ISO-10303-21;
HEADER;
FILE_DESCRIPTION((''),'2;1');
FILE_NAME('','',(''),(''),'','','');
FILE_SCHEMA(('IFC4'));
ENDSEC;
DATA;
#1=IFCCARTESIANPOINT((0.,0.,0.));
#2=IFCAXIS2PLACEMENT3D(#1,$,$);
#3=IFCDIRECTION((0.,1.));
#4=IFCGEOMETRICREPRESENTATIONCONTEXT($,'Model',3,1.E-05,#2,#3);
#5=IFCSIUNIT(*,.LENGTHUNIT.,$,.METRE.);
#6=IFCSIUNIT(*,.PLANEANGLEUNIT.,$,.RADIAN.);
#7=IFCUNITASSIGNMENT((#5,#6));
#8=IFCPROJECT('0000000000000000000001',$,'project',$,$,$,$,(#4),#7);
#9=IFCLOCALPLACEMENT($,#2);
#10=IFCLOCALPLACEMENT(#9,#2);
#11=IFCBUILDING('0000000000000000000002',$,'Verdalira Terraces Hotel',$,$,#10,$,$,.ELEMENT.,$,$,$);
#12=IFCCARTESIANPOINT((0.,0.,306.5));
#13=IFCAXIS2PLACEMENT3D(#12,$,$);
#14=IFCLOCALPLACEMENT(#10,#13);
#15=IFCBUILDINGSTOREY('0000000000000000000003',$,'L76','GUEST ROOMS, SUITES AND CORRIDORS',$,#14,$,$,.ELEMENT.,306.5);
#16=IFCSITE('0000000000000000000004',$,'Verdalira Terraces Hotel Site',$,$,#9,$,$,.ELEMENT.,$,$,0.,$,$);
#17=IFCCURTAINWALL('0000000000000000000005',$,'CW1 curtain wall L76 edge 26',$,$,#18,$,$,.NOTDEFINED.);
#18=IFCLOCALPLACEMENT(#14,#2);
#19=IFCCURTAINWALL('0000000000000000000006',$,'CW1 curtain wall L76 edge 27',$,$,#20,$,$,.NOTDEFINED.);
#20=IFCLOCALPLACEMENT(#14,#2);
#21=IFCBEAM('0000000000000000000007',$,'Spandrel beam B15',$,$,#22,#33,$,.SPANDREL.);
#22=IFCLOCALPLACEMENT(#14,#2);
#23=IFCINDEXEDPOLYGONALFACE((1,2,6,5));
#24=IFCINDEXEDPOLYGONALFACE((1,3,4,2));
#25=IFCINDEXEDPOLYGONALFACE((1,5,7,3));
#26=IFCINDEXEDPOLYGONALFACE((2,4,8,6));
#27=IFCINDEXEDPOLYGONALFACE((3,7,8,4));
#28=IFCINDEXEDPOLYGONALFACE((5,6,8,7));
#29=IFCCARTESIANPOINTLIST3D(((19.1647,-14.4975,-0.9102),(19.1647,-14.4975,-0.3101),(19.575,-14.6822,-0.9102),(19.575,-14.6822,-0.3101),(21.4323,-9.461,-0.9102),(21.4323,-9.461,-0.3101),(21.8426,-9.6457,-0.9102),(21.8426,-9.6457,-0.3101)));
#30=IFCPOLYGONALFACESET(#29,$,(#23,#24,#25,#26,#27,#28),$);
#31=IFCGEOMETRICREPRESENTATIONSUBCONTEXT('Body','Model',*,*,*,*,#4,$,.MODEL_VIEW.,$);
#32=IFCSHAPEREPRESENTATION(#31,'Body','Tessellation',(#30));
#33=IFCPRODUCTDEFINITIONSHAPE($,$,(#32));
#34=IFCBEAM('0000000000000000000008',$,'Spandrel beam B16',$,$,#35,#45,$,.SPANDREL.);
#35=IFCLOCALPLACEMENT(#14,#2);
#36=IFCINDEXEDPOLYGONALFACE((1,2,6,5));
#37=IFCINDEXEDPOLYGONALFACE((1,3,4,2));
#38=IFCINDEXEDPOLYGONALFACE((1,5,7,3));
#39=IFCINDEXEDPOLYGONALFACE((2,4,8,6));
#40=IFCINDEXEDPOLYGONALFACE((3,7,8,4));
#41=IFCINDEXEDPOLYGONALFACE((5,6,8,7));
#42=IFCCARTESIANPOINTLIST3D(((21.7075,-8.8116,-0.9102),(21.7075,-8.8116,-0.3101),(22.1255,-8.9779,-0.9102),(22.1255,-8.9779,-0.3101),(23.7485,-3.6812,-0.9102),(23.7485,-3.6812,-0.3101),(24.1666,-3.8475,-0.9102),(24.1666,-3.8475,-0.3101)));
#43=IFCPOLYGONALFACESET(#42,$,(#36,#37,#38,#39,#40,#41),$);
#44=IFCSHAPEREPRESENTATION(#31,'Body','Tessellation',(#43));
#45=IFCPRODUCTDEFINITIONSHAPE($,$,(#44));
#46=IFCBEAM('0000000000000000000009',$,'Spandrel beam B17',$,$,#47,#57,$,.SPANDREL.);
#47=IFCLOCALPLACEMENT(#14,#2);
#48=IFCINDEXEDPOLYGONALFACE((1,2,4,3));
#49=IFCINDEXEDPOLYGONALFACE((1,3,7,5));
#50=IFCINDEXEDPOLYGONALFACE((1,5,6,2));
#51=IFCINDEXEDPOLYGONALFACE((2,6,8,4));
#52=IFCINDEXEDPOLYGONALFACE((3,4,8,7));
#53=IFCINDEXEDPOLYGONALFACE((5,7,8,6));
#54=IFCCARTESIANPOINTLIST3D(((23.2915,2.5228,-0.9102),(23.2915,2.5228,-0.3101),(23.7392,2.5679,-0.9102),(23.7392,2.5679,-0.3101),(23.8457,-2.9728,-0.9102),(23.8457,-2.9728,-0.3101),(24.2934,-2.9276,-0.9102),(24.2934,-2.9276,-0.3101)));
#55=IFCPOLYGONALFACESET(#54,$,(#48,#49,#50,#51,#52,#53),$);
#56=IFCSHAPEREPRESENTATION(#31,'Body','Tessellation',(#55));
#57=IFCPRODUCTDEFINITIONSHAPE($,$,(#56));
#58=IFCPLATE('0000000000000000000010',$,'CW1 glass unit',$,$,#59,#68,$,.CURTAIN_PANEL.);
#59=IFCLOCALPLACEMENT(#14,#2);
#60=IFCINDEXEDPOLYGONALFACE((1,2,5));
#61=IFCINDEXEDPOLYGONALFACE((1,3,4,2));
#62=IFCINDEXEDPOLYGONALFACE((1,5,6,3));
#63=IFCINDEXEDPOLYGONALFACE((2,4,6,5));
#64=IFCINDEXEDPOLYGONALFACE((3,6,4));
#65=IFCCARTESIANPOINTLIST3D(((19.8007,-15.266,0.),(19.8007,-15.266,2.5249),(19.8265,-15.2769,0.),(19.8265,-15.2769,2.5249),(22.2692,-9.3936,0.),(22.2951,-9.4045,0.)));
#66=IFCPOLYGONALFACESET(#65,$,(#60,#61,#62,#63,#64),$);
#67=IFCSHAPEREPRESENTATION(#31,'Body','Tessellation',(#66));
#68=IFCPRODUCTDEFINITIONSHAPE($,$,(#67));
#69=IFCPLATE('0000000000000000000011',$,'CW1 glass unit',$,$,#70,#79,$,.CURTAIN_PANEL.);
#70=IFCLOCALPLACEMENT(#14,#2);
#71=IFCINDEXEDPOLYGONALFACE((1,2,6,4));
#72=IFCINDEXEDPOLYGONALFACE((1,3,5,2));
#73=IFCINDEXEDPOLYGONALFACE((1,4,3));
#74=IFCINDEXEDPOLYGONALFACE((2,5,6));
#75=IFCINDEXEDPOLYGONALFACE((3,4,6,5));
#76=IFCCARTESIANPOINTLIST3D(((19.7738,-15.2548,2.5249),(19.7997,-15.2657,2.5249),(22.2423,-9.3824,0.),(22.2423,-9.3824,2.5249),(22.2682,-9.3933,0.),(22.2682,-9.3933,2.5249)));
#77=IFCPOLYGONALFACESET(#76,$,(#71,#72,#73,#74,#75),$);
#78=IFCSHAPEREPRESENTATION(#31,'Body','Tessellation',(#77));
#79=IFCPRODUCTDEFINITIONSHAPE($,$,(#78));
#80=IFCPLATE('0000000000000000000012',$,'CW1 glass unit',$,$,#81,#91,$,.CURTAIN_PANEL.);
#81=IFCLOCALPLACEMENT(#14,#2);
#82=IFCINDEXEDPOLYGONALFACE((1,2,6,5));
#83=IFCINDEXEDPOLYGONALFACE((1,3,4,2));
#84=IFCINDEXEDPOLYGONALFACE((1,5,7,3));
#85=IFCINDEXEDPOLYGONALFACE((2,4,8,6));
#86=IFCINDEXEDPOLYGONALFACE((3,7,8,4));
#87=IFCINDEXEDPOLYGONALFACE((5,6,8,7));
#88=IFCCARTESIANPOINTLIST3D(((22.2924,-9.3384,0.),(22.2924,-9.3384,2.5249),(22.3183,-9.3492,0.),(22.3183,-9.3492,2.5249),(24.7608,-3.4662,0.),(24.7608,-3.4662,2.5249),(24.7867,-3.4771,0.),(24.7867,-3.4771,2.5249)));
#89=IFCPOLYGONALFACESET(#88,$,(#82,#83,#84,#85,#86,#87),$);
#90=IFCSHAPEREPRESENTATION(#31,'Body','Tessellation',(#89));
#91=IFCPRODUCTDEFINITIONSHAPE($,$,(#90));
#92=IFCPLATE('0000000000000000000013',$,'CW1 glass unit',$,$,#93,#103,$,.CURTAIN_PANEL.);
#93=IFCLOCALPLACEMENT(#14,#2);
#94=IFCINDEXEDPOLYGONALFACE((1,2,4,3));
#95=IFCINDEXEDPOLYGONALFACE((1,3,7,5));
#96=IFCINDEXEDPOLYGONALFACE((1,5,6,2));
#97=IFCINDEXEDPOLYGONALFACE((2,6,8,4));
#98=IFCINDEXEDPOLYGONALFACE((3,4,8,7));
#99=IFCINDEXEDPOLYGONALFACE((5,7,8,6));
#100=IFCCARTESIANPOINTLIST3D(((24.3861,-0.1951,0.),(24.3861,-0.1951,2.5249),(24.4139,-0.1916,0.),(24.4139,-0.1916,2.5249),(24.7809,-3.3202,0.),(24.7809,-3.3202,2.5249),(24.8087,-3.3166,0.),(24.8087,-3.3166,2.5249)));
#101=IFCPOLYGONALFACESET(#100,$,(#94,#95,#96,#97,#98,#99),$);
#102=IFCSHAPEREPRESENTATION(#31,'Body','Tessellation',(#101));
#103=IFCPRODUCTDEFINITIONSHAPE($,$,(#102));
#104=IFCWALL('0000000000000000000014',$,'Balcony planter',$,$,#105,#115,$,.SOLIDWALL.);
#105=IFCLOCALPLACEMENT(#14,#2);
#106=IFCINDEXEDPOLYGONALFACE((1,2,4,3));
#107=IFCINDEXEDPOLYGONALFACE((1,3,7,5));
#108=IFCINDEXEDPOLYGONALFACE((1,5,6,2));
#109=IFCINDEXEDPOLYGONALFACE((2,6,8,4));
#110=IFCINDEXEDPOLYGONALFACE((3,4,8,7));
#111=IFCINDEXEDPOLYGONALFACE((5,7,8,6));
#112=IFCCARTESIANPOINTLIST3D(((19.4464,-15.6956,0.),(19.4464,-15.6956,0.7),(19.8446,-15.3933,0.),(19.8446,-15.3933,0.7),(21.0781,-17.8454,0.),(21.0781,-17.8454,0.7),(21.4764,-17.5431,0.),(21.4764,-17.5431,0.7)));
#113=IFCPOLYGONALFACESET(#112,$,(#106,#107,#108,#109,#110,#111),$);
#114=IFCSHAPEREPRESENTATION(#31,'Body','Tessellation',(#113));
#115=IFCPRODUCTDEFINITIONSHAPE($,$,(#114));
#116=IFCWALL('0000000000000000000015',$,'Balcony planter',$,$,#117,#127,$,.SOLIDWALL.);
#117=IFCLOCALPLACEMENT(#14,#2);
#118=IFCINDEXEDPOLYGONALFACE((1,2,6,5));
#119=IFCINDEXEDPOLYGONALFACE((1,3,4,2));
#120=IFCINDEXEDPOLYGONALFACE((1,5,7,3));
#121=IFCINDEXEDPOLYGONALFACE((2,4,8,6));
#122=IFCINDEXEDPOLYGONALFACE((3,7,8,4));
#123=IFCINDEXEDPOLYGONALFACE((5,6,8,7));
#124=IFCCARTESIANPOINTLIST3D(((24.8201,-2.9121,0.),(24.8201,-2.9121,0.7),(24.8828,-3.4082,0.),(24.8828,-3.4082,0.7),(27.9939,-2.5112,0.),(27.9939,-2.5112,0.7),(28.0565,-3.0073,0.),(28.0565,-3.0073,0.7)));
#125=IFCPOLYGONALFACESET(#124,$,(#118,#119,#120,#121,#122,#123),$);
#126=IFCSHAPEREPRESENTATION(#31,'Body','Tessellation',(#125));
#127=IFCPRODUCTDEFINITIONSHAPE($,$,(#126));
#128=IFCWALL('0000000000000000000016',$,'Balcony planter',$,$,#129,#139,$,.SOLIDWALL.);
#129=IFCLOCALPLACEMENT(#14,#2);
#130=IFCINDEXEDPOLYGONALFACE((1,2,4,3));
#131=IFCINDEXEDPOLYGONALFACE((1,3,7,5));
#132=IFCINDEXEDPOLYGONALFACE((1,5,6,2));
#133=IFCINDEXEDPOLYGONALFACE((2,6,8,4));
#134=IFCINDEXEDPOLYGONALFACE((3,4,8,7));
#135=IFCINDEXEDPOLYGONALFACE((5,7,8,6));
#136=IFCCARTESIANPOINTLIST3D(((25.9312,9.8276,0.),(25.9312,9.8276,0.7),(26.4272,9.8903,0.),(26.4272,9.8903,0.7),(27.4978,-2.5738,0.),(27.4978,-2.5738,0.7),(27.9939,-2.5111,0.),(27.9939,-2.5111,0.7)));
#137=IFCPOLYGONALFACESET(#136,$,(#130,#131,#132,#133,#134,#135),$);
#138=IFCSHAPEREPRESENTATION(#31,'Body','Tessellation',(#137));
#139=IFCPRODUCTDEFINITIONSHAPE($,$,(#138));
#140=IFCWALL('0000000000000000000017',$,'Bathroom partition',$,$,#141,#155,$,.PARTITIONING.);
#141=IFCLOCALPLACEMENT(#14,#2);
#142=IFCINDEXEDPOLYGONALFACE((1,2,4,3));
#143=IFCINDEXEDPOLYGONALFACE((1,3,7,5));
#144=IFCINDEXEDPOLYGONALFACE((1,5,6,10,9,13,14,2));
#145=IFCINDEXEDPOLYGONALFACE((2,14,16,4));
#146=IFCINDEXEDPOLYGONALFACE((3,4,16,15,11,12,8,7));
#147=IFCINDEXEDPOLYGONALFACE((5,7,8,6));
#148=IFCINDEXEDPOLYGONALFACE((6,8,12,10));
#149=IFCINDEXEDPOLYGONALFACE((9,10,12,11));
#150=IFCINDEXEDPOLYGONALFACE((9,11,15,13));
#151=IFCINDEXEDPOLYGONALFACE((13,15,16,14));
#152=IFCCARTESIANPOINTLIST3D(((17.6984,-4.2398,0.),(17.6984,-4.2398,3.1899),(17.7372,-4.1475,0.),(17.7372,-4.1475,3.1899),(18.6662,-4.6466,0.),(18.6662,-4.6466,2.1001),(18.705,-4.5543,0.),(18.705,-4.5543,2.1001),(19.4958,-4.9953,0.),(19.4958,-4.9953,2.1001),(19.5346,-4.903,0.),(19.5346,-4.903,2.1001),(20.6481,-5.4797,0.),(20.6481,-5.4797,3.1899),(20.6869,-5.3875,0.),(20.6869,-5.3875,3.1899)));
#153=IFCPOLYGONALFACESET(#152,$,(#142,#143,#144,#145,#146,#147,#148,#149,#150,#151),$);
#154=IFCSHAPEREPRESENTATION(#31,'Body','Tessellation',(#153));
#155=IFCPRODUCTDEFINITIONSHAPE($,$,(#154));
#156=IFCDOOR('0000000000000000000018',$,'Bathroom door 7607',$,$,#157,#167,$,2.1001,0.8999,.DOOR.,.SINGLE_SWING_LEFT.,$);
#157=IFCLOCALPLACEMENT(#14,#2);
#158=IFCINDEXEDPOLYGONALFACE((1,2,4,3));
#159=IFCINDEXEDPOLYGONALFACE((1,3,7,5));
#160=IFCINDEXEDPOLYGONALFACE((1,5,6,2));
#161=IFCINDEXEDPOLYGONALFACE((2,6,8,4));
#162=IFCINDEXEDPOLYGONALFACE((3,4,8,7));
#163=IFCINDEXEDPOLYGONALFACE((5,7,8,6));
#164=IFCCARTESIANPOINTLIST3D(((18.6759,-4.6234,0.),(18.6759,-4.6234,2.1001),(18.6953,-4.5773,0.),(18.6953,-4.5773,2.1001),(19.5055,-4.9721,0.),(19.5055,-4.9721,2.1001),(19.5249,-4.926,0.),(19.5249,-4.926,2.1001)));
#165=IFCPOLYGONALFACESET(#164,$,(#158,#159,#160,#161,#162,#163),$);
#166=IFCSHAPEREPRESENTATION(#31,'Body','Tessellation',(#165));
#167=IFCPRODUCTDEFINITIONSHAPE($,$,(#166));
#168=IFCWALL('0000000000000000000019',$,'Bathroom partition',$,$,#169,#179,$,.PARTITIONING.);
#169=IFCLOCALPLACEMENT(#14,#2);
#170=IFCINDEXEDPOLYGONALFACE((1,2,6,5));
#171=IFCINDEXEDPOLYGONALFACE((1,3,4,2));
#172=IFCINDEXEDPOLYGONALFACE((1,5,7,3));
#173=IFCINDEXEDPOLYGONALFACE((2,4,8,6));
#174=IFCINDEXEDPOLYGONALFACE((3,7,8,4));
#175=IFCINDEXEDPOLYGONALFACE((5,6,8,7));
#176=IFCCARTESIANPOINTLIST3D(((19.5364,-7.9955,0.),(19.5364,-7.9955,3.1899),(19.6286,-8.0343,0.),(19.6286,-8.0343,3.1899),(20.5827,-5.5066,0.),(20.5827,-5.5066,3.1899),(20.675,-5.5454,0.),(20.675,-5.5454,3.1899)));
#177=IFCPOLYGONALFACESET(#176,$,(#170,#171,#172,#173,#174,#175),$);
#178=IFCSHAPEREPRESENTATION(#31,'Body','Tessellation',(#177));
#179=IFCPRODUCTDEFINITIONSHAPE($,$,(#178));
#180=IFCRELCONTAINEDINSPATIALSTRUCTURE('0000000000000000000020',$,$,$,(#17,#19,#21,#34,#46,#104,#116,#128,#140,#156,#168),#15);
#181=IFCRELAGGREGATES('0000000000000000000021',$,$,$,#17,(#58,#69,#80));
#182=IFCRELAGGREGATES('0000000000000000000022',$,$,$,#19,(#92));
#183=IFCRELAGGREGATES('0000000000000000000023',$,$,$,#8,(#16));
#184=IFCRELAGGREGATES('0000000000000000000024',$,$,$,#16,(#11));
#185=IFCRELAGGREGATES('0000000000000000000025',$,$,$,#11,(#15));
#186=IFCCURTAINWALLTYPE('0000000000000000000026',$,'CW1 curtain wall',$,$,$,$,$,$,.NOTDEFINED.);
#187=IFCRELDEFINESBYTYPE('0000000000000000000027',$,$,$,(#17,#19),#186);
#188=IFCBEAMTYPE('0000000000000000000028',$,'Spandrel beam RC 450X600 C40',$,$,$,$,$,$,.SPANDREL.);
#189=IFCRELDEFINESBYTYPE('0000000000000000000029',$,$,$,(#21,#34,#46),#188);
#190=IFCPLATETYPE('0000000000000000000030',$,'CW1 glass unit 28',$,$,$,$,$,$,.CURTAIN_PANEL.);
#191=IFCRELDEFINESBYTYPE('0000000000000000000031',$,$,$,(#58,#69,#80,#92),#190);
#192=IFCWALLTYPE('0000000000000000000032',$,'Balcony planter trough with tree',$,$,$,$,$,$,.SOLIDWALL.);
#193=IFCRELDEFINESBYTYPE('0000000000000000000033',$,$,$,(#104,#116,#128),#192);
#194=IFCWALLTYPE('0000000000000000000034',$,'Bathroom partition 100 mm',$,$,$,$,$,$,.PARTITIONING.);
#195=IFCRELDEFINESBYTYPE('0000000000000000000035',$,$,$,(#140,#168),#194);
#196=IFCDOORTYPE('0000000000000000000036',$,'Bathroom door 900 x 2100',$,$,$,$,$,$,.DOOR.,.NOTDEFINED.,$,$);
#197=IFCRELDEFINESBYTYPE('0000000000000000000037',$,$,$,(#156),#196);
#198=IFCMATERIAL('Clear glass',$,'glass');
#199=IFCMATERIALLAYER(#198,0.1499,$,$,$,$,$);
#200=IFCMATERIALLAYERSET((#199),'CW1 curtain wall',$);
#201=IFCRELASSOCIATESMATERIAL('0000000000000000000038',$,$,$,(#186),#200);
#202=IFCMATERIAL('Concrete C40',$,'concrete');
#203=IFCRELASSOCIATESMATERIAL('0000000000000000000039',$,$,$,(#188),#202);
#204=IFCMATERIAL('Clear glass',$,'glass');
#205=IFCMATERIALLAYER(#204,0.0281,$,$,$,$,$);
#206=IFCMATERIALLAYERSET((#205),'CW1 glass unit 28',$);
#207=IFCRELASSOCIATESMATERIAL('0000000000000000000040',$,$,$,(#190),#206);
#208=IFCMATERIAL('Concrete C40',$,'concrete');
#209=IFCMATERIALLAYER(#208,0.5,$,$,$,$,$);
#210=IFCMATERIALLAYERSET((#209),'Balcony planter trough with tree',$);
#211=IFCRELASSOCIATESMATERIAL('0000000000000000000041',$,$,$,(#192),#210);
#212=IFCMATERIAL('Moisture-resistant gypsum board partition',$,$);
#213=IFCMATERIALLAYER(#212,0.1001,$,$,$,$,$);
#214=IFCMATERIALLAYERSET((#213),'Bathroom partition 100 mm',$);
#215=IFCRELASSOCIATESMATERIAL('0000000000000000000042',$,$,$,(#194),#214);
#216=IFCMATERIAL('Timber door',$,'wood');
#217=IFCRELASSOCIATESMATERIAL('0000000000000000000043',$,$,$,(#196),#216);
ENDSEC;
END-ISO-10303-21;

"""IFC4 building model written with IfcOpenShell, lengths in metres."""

from ifc_helpers import new_model, si_unit, direction, frame, frame_2d, origin, origin_2d, place, context, subcontext, project, spatial, polyline, rectangle, outline, extrude, material, layer, layer_set, material_profile, profile_set, type_object, element, fill, aggregate, save


model = new_model("IFC4")

# Units and contexts
model_context = context("Model", 3, precision=1e-05, world=origin(), true_north=direction((0.0, 1.0)))
body_context = subcontext(model_context, "Body", "Model", "MODEL_VIEW")
ifc_project = project(units=[si_unit("LENGTHUNIT", "METRE"), si_unit("PLANEANGLEUNIT", "RADIAN")], contexts=[model_context])

# Site, building, storey
site_placement = place(None, origin())
site = spatial("IfcSite", under=ifc_project, at=site_placement, Name="Verdalira Terraces Hotel Site", CompositionType="ELEMENT", RefElevation=0.0)
building_placement = place(site_placement, origin())
building = spatial("IfcBuilding", under=site, at=building_placement, Name="Verdalira Terraces Hotel", CompositionType="ELEMENT")
storey_placement = place(building_placement, frame((0.0, 0.0, 306.5)))
storey = spatial("IfcBuildingStorey", under=building, at=storey_placement, Name="L76", Description="GUEST ROOMS, SUITES AND CORRIDORS", CompositionType="ELEMENT", Elevation=306.5)

# Shared definitions
ifc_material_1 = material(Name="Clear glass", Category="glass")
ifc_layer_1 = layer(ifc_material_1, 0.1499)
ifc_layer_set_1 = layer_set([ifc_layer_1], Name="CW1 curtain wall")
curtain_wall_type = type_object("IfcCurtainWallType", Name="CW1 curtain wall", PredefinedType="NOTDEFINED", material=ifc_layer_set_1)

# Curtain wall
curtain_wall_1_placement = place(storey_placement, origin())
curtain_wall_1 = element("IfcCurtainWall", 1, at=curtain_wall_1_placement, inside=storey, type_object=curtain_wall_type, Name="CW1 curtain wall L76 edge 26", PredefinedType="NOTDEFINED")

# Curtain wall
curtain_wall_2_placement = place(storey_placement, origin())
curtain_wall_2 = element("IfcCurtainWall", 2, at=curtain_wall_2_placement, inside=storey, type_object=curtain_wall_type, Name="CW1 curtain wall L76 edge 27", PredefinedType="NOTDEFINED")

# Beams
ifc_material_2 = material(Name="Concrete C40", Category="concrete")
ifc_material_profile_1 = material_profile(ifc_material_2, rectangle(XDim=0.45, YDim=0.6001, at=origin_2d()), Name="RC 450X600")
ifc_profile_set_1 = profile_set([ifc_material_profile_1], Name="Concrete C40")
beam_type_1 = type_object("IfcBeamType", Name="Spandrel beam RC 450X600 C40", PredefinedType="SPANDREL", material=ifc_profile_set_1)
beam_1_placement = place(storey_placement, frame((19.3699, -14.5898, -0.6101), z_axis=(0.41053, 0.911847, 0.0), x_axis=(-0.911847, 0.41053, 0.0)))
element("IfcBeam", 3, at=beam_1_placement, inside=storey, type_object=beam_type_1, Name="Spandrel beam B15", PredefinedType="SPANDREL", context=body_context, shape_type="SweptSolid", body=[
    extrude(rectangle(XDim=0.45, YDim=0.6001, at=origin_2d()), origin(), (0.0, 0.0, 1.0), 5.5234),
])
beam_2_placement = place(storey_placement, frame((21.9165, -8.8948, -0.6101), z_axis=(0.369652, 0.92917, 0.0), x_axis=(-0.92917, 0.369652, 0.0)))
element("IfcBeam", 4, at=beam_2_placement, inside=storey, type_object=beam_type_1, Name="Spandrel beam B16", PredefinedType="SPANDREL", context=body_context, shape_type="SweptSolid", body=[
    extrude(rectangle(XDim=0.45, YDim=0.6001, at=origin_2d()), origin(), (0.0, 0.0, 1.0), 5.5215),
])
beam_3_placement = place(storey_placement, frame((24.0696, -2.9502, -0.6101), z_axis=(-0.100335, 0.994954, 0.0), x_axis=(-0.994954, -0.100335, 0.0)))
element("IfcBeam", 5, at=beam_3_placement, inside=storey, type_object=beam_type_1, Name="Spandrel beam B17", PredefinedType="SPANDREL", context=body_context, shape_type="SweptSolid", body=[
    extrude(rectangle(XDim=0.45, YDim=0.6001, at=origin_2d()), origin(), (0.0, 0.0, 1.0), 5.5234),
])

# Plates
ifc_material_3 = material(Name="Clear glass", Category="glass")
ifc_layer_2 = layer(ifc_material_3, 0.0281)
ifc_layer_set_2 = layer_set([ifc_layer_2], Name="CW1 glass unit 28")
plate_type = type_object("IfcPlateType", Name="CW1 glass unit 28", PredefinedType="CURTAIN_PANEL", material=ifc_layer_set_2)
plate_1_placement = place(storey_placement, frame((21.0349, -12.3298, 1.2625), z_axis=(0.921863, -0.387516, 0.0), x_axis=(0.387516, 0.921863, 0.0)))
plate_1 = element("IfcPlate", 6, at=plate_1_placement, type_object=plate_type, Name="CW1 glass unit", PredefinedType="CURTAIN_PANEL", context=body_context, shape_type="SweptSolid", body=[
    extrude(outline(polyline([(-3.1851, -1.2625), (3.1851, -1.2625), (-3.1851, 1.2625), (-3.1851, -1.2625)])), origin(), (0.0, 0.0, 1.0), 0.0281),
])
plate_2_placement = place(storey_placement, frame((21.0081, -12.3186, 1.2625), z_axis=(0.921863, -0.387516, 0.0), x_axis=(0.387516, 0.921863, 0.0)))
plate_2 = element("IfcPlate", 7, at=plate_2_placement, type_object=plate_type, Name="CW1 glass unit", PredefinedType="CURTAIN_PANEL", context=body_context, shape_type="SweptSolid", body=[
    extrude(outline(polyline([(3.1851, -1.2625), (3.1851, 1.2625), (-3.1851, 1.2625), (3.1851, -1.2625)])), origin(), (0.0, 0.0, 1.0), 0.0281),
])
plate_3_placement = place(storey_placement, frame((23.5396, -6.4077, 0.0), z_axis=(0.0, 0.0, 1.0), x_axis=(0.387516, 0.921863, 0.0)))
plate_3 = element("IfcPlate", 8, at=plate_3_placement, type_object=plate_type, Name="CW1 glass unit", PredefinedType="CURTAIN_PANEL", context=body_context, shape_type="SweptSolid", body=[
    extrude(rectangle(XDim=6.3699, YDim=0.0281, at=origin_2d()), origin(), (0.0, 0.0, 1.0), 2.5249),
])
aggregate(curtain_wall_1, [plate_1, plate_2, plate_3])
plate_4_placement = place(storey_placement, frame((24.5974, -1.7559, 0.0), z_axis=(0.0, 0.0, 1.0), x_axis=(-0.125333, 0.992115, 0.0)))
plate_4 = element("IfcPlate", 9, at=plate_4_placement, type_object=plate_type, Name="CW1 glass unit", PredefinedType="CURTAIN_PANEL", context=body_context, shape_type="SweptSolid", body=[
    extrude(rectangle(XDim=3.1499, YDim=0.0281, at=origin_2d()), origin(), (0.0, 0.0, 1.0), 2.5249),
])
aggregate(curtain_wall_2, [plate_4])

# Walls
ifc_material_4 = material(Name="Concrete C40", Category="concrete")
ifc_layer_3 = layer(ifc_material_4, 0.5)
ifc_layer_set_3 = layer_set([ifc_layer_3], Name="Balcony planter trough with tree")
wall_type_1 = type_object("IfcWallType", Name="Balcony planter trough with tree", PredefinedType="SOLIDWALL", material=ifc_layer_set_3)
wall_1_placement = place(storey_placement, frame((21.2773, -17.6943, 0.0), z_axis=(0.0, 0.0, 1.0), x_axis=(-0.604592, 0.796535, 0.0)))
element("IfcWall", 10, at=wall_1_placement, inside=storey, type_object=wall_type_1, Name="Balcony planter", PredefinedType="SOLIDWALL", context=body_context, shape_type="SweptSolid", body=[
    extrude(rectangle(XDim=2.699, YDim=0.5, at=frame_2d((1.3496, 0.0))), origin(), (0.0, 0.0, 1.0), 0.7),
])
wall_2_placement = place(storey_placement, frame((24.8513, -3.1602, 0.0), z_axis=(0.0, 0.0, 1.0), x_axis=(0.992117, 0.125312, 0.0)))
element("IfcWall", 11, at=wall_2_placement, inside=storey, type_object=wall_type_1, Name="Balcony planter", PredefinedType="SOLIDWALL", context=body_context, shape_type="SweptSolid", body=[
    extrude(rectangle(XDim=3.199, YDim=0.5, at=frame_2d((1.5996, 0.0))), origin(), (0.0, 0.0, 1.0), 0.7),
])
wall_3_placement = place(storey_placement, frame((27.7459, -2.5425, 0.0), z_axis=(0.0, 0.0, 1.0), x_axis=(-0.125333, 0.992115, 0.0)))
element("IfcWall", 12, at=wall_3_placement, inside=storey, type_object=wall_type_1, Name="Balcony planter", PredefinedType="SOLIDWALL", context=body_context, shape_type="SweptSolid", body=[
    extrude(rectangle(XDim=12.5, YDim=0.5, at=frame_2d((6.25, 0.0))), origin(), (0.0, 0.0, 1.0), 0.7),
])

# Wall, opening, door
ifc_material_5 = material(Name="Moisture-resistant gypsum board partition")
ifc_layer_4 = layer(ifc_material_5, 0.1001)
ifc_layer_set_4 = layer_set([ifc_layer_4], Name="Bathroom partition 100 mm")
wall_type_2 = type_object("IfcWallType", Name="Bathroom partition 100 mm", PredefinedType="PARTITIONING", material=ifc_layer_set_4)
wall_4_placement = place(storey_placement, frame((20.6675, -5.4336, 0.0), z_axis=(0.0, 0.0, 1.0), x_axis=(-0.921858, 0.387528, 0.0)))
wall_4 = element("IfcWall", 13, at=wall_4_placement, inside=storey, type_object=wall_type_2, Name="Bathroom partition", PredefinedType="PARTITIONING", context=body_context, shape_type="SweptSolid", body=[
    extrude(rectangle(XDim=3.1997, YDim=0.1001, at=frame_2d((1.5999, 0.0))), origin(), (0.0, 0.0, 1.0), 3.1899),
])
opening_1_placement = place(wall_4_placement, frame((1.25, 0.0, 0.0)))
opening_1 = element("IfcOpeningElement", 14, at=opening_1_placement, cuts=wall_4, PredefinedType="OPENING", context=body_context, shape_type="SweptSolid", body=[
    extrude(rectangle(XDim=0.8999, YDim=2.1001, at=frame_2d((0.45, 1.05))), frame((0.0, 0.0601, 0.0), z_axis=(0.0, -1.0, 0.0), x_axis=(1.0, 0.0, 0.0)), (0.0, 0.0, 1.0), 0.1201),
])
ifc_material_6 = material(Name="Timber door", Category="wood")
door_type_1 = type_object("IfcDoorType", Name="Bathroom door 900 x 2100", OperationType="NOTDEFINED", PredefinedType="DOOR", material=ifc_material_6)
door_1_placement = place(opening_1_placement, origin())
door_1 = element("IfcDoor", 15, at=door_1_placement, inside=storey, type_object=door_type_1, Name="Bathroom door 7607", OperationType="SINGLE_SWING_LEFT", OverallHeight=2.1001, OverallWidth=0.8999, PredefinedType="DOOR", context=body_context, shape_type="SweptSolid", body=[
    extrude(rectangle(XDim=0.8999, YDim=2.1001, at=frame_2d((0.45, 1.05))), frame((0.0, 0.0249, 0.0), z_axis=(0.0, -1.0, 0.0), x_axis=(1.0, 0.0, 0.0)), (0.0, 0.0, 1.0), 0.05),
])
fill(opening_1, door_1)

# Wall
wall_5_placement = place(storey_placement, frame((20.6289, -5.5259, 0.0), z_axis=(0.0, 0.0, 1.0), x_axis=(-0.387548, -0.92185, 0.0)))
element("IfcWall", 16, at=wall_5_placement, inside=storey, type_object=wall_type_2, Name="Bathroom partition", PredefinedType="PARTITIONING", context=body_context, shape_type="SweptSolid", body=[
    extrude(rectangle(XDim=2.7, YDim=0.1001, at=frame_2d((1.3501, 0.0))), origin(), (0.0, 0.0, 1.0), 3.1899),
])

save(model, "model.ifc")
